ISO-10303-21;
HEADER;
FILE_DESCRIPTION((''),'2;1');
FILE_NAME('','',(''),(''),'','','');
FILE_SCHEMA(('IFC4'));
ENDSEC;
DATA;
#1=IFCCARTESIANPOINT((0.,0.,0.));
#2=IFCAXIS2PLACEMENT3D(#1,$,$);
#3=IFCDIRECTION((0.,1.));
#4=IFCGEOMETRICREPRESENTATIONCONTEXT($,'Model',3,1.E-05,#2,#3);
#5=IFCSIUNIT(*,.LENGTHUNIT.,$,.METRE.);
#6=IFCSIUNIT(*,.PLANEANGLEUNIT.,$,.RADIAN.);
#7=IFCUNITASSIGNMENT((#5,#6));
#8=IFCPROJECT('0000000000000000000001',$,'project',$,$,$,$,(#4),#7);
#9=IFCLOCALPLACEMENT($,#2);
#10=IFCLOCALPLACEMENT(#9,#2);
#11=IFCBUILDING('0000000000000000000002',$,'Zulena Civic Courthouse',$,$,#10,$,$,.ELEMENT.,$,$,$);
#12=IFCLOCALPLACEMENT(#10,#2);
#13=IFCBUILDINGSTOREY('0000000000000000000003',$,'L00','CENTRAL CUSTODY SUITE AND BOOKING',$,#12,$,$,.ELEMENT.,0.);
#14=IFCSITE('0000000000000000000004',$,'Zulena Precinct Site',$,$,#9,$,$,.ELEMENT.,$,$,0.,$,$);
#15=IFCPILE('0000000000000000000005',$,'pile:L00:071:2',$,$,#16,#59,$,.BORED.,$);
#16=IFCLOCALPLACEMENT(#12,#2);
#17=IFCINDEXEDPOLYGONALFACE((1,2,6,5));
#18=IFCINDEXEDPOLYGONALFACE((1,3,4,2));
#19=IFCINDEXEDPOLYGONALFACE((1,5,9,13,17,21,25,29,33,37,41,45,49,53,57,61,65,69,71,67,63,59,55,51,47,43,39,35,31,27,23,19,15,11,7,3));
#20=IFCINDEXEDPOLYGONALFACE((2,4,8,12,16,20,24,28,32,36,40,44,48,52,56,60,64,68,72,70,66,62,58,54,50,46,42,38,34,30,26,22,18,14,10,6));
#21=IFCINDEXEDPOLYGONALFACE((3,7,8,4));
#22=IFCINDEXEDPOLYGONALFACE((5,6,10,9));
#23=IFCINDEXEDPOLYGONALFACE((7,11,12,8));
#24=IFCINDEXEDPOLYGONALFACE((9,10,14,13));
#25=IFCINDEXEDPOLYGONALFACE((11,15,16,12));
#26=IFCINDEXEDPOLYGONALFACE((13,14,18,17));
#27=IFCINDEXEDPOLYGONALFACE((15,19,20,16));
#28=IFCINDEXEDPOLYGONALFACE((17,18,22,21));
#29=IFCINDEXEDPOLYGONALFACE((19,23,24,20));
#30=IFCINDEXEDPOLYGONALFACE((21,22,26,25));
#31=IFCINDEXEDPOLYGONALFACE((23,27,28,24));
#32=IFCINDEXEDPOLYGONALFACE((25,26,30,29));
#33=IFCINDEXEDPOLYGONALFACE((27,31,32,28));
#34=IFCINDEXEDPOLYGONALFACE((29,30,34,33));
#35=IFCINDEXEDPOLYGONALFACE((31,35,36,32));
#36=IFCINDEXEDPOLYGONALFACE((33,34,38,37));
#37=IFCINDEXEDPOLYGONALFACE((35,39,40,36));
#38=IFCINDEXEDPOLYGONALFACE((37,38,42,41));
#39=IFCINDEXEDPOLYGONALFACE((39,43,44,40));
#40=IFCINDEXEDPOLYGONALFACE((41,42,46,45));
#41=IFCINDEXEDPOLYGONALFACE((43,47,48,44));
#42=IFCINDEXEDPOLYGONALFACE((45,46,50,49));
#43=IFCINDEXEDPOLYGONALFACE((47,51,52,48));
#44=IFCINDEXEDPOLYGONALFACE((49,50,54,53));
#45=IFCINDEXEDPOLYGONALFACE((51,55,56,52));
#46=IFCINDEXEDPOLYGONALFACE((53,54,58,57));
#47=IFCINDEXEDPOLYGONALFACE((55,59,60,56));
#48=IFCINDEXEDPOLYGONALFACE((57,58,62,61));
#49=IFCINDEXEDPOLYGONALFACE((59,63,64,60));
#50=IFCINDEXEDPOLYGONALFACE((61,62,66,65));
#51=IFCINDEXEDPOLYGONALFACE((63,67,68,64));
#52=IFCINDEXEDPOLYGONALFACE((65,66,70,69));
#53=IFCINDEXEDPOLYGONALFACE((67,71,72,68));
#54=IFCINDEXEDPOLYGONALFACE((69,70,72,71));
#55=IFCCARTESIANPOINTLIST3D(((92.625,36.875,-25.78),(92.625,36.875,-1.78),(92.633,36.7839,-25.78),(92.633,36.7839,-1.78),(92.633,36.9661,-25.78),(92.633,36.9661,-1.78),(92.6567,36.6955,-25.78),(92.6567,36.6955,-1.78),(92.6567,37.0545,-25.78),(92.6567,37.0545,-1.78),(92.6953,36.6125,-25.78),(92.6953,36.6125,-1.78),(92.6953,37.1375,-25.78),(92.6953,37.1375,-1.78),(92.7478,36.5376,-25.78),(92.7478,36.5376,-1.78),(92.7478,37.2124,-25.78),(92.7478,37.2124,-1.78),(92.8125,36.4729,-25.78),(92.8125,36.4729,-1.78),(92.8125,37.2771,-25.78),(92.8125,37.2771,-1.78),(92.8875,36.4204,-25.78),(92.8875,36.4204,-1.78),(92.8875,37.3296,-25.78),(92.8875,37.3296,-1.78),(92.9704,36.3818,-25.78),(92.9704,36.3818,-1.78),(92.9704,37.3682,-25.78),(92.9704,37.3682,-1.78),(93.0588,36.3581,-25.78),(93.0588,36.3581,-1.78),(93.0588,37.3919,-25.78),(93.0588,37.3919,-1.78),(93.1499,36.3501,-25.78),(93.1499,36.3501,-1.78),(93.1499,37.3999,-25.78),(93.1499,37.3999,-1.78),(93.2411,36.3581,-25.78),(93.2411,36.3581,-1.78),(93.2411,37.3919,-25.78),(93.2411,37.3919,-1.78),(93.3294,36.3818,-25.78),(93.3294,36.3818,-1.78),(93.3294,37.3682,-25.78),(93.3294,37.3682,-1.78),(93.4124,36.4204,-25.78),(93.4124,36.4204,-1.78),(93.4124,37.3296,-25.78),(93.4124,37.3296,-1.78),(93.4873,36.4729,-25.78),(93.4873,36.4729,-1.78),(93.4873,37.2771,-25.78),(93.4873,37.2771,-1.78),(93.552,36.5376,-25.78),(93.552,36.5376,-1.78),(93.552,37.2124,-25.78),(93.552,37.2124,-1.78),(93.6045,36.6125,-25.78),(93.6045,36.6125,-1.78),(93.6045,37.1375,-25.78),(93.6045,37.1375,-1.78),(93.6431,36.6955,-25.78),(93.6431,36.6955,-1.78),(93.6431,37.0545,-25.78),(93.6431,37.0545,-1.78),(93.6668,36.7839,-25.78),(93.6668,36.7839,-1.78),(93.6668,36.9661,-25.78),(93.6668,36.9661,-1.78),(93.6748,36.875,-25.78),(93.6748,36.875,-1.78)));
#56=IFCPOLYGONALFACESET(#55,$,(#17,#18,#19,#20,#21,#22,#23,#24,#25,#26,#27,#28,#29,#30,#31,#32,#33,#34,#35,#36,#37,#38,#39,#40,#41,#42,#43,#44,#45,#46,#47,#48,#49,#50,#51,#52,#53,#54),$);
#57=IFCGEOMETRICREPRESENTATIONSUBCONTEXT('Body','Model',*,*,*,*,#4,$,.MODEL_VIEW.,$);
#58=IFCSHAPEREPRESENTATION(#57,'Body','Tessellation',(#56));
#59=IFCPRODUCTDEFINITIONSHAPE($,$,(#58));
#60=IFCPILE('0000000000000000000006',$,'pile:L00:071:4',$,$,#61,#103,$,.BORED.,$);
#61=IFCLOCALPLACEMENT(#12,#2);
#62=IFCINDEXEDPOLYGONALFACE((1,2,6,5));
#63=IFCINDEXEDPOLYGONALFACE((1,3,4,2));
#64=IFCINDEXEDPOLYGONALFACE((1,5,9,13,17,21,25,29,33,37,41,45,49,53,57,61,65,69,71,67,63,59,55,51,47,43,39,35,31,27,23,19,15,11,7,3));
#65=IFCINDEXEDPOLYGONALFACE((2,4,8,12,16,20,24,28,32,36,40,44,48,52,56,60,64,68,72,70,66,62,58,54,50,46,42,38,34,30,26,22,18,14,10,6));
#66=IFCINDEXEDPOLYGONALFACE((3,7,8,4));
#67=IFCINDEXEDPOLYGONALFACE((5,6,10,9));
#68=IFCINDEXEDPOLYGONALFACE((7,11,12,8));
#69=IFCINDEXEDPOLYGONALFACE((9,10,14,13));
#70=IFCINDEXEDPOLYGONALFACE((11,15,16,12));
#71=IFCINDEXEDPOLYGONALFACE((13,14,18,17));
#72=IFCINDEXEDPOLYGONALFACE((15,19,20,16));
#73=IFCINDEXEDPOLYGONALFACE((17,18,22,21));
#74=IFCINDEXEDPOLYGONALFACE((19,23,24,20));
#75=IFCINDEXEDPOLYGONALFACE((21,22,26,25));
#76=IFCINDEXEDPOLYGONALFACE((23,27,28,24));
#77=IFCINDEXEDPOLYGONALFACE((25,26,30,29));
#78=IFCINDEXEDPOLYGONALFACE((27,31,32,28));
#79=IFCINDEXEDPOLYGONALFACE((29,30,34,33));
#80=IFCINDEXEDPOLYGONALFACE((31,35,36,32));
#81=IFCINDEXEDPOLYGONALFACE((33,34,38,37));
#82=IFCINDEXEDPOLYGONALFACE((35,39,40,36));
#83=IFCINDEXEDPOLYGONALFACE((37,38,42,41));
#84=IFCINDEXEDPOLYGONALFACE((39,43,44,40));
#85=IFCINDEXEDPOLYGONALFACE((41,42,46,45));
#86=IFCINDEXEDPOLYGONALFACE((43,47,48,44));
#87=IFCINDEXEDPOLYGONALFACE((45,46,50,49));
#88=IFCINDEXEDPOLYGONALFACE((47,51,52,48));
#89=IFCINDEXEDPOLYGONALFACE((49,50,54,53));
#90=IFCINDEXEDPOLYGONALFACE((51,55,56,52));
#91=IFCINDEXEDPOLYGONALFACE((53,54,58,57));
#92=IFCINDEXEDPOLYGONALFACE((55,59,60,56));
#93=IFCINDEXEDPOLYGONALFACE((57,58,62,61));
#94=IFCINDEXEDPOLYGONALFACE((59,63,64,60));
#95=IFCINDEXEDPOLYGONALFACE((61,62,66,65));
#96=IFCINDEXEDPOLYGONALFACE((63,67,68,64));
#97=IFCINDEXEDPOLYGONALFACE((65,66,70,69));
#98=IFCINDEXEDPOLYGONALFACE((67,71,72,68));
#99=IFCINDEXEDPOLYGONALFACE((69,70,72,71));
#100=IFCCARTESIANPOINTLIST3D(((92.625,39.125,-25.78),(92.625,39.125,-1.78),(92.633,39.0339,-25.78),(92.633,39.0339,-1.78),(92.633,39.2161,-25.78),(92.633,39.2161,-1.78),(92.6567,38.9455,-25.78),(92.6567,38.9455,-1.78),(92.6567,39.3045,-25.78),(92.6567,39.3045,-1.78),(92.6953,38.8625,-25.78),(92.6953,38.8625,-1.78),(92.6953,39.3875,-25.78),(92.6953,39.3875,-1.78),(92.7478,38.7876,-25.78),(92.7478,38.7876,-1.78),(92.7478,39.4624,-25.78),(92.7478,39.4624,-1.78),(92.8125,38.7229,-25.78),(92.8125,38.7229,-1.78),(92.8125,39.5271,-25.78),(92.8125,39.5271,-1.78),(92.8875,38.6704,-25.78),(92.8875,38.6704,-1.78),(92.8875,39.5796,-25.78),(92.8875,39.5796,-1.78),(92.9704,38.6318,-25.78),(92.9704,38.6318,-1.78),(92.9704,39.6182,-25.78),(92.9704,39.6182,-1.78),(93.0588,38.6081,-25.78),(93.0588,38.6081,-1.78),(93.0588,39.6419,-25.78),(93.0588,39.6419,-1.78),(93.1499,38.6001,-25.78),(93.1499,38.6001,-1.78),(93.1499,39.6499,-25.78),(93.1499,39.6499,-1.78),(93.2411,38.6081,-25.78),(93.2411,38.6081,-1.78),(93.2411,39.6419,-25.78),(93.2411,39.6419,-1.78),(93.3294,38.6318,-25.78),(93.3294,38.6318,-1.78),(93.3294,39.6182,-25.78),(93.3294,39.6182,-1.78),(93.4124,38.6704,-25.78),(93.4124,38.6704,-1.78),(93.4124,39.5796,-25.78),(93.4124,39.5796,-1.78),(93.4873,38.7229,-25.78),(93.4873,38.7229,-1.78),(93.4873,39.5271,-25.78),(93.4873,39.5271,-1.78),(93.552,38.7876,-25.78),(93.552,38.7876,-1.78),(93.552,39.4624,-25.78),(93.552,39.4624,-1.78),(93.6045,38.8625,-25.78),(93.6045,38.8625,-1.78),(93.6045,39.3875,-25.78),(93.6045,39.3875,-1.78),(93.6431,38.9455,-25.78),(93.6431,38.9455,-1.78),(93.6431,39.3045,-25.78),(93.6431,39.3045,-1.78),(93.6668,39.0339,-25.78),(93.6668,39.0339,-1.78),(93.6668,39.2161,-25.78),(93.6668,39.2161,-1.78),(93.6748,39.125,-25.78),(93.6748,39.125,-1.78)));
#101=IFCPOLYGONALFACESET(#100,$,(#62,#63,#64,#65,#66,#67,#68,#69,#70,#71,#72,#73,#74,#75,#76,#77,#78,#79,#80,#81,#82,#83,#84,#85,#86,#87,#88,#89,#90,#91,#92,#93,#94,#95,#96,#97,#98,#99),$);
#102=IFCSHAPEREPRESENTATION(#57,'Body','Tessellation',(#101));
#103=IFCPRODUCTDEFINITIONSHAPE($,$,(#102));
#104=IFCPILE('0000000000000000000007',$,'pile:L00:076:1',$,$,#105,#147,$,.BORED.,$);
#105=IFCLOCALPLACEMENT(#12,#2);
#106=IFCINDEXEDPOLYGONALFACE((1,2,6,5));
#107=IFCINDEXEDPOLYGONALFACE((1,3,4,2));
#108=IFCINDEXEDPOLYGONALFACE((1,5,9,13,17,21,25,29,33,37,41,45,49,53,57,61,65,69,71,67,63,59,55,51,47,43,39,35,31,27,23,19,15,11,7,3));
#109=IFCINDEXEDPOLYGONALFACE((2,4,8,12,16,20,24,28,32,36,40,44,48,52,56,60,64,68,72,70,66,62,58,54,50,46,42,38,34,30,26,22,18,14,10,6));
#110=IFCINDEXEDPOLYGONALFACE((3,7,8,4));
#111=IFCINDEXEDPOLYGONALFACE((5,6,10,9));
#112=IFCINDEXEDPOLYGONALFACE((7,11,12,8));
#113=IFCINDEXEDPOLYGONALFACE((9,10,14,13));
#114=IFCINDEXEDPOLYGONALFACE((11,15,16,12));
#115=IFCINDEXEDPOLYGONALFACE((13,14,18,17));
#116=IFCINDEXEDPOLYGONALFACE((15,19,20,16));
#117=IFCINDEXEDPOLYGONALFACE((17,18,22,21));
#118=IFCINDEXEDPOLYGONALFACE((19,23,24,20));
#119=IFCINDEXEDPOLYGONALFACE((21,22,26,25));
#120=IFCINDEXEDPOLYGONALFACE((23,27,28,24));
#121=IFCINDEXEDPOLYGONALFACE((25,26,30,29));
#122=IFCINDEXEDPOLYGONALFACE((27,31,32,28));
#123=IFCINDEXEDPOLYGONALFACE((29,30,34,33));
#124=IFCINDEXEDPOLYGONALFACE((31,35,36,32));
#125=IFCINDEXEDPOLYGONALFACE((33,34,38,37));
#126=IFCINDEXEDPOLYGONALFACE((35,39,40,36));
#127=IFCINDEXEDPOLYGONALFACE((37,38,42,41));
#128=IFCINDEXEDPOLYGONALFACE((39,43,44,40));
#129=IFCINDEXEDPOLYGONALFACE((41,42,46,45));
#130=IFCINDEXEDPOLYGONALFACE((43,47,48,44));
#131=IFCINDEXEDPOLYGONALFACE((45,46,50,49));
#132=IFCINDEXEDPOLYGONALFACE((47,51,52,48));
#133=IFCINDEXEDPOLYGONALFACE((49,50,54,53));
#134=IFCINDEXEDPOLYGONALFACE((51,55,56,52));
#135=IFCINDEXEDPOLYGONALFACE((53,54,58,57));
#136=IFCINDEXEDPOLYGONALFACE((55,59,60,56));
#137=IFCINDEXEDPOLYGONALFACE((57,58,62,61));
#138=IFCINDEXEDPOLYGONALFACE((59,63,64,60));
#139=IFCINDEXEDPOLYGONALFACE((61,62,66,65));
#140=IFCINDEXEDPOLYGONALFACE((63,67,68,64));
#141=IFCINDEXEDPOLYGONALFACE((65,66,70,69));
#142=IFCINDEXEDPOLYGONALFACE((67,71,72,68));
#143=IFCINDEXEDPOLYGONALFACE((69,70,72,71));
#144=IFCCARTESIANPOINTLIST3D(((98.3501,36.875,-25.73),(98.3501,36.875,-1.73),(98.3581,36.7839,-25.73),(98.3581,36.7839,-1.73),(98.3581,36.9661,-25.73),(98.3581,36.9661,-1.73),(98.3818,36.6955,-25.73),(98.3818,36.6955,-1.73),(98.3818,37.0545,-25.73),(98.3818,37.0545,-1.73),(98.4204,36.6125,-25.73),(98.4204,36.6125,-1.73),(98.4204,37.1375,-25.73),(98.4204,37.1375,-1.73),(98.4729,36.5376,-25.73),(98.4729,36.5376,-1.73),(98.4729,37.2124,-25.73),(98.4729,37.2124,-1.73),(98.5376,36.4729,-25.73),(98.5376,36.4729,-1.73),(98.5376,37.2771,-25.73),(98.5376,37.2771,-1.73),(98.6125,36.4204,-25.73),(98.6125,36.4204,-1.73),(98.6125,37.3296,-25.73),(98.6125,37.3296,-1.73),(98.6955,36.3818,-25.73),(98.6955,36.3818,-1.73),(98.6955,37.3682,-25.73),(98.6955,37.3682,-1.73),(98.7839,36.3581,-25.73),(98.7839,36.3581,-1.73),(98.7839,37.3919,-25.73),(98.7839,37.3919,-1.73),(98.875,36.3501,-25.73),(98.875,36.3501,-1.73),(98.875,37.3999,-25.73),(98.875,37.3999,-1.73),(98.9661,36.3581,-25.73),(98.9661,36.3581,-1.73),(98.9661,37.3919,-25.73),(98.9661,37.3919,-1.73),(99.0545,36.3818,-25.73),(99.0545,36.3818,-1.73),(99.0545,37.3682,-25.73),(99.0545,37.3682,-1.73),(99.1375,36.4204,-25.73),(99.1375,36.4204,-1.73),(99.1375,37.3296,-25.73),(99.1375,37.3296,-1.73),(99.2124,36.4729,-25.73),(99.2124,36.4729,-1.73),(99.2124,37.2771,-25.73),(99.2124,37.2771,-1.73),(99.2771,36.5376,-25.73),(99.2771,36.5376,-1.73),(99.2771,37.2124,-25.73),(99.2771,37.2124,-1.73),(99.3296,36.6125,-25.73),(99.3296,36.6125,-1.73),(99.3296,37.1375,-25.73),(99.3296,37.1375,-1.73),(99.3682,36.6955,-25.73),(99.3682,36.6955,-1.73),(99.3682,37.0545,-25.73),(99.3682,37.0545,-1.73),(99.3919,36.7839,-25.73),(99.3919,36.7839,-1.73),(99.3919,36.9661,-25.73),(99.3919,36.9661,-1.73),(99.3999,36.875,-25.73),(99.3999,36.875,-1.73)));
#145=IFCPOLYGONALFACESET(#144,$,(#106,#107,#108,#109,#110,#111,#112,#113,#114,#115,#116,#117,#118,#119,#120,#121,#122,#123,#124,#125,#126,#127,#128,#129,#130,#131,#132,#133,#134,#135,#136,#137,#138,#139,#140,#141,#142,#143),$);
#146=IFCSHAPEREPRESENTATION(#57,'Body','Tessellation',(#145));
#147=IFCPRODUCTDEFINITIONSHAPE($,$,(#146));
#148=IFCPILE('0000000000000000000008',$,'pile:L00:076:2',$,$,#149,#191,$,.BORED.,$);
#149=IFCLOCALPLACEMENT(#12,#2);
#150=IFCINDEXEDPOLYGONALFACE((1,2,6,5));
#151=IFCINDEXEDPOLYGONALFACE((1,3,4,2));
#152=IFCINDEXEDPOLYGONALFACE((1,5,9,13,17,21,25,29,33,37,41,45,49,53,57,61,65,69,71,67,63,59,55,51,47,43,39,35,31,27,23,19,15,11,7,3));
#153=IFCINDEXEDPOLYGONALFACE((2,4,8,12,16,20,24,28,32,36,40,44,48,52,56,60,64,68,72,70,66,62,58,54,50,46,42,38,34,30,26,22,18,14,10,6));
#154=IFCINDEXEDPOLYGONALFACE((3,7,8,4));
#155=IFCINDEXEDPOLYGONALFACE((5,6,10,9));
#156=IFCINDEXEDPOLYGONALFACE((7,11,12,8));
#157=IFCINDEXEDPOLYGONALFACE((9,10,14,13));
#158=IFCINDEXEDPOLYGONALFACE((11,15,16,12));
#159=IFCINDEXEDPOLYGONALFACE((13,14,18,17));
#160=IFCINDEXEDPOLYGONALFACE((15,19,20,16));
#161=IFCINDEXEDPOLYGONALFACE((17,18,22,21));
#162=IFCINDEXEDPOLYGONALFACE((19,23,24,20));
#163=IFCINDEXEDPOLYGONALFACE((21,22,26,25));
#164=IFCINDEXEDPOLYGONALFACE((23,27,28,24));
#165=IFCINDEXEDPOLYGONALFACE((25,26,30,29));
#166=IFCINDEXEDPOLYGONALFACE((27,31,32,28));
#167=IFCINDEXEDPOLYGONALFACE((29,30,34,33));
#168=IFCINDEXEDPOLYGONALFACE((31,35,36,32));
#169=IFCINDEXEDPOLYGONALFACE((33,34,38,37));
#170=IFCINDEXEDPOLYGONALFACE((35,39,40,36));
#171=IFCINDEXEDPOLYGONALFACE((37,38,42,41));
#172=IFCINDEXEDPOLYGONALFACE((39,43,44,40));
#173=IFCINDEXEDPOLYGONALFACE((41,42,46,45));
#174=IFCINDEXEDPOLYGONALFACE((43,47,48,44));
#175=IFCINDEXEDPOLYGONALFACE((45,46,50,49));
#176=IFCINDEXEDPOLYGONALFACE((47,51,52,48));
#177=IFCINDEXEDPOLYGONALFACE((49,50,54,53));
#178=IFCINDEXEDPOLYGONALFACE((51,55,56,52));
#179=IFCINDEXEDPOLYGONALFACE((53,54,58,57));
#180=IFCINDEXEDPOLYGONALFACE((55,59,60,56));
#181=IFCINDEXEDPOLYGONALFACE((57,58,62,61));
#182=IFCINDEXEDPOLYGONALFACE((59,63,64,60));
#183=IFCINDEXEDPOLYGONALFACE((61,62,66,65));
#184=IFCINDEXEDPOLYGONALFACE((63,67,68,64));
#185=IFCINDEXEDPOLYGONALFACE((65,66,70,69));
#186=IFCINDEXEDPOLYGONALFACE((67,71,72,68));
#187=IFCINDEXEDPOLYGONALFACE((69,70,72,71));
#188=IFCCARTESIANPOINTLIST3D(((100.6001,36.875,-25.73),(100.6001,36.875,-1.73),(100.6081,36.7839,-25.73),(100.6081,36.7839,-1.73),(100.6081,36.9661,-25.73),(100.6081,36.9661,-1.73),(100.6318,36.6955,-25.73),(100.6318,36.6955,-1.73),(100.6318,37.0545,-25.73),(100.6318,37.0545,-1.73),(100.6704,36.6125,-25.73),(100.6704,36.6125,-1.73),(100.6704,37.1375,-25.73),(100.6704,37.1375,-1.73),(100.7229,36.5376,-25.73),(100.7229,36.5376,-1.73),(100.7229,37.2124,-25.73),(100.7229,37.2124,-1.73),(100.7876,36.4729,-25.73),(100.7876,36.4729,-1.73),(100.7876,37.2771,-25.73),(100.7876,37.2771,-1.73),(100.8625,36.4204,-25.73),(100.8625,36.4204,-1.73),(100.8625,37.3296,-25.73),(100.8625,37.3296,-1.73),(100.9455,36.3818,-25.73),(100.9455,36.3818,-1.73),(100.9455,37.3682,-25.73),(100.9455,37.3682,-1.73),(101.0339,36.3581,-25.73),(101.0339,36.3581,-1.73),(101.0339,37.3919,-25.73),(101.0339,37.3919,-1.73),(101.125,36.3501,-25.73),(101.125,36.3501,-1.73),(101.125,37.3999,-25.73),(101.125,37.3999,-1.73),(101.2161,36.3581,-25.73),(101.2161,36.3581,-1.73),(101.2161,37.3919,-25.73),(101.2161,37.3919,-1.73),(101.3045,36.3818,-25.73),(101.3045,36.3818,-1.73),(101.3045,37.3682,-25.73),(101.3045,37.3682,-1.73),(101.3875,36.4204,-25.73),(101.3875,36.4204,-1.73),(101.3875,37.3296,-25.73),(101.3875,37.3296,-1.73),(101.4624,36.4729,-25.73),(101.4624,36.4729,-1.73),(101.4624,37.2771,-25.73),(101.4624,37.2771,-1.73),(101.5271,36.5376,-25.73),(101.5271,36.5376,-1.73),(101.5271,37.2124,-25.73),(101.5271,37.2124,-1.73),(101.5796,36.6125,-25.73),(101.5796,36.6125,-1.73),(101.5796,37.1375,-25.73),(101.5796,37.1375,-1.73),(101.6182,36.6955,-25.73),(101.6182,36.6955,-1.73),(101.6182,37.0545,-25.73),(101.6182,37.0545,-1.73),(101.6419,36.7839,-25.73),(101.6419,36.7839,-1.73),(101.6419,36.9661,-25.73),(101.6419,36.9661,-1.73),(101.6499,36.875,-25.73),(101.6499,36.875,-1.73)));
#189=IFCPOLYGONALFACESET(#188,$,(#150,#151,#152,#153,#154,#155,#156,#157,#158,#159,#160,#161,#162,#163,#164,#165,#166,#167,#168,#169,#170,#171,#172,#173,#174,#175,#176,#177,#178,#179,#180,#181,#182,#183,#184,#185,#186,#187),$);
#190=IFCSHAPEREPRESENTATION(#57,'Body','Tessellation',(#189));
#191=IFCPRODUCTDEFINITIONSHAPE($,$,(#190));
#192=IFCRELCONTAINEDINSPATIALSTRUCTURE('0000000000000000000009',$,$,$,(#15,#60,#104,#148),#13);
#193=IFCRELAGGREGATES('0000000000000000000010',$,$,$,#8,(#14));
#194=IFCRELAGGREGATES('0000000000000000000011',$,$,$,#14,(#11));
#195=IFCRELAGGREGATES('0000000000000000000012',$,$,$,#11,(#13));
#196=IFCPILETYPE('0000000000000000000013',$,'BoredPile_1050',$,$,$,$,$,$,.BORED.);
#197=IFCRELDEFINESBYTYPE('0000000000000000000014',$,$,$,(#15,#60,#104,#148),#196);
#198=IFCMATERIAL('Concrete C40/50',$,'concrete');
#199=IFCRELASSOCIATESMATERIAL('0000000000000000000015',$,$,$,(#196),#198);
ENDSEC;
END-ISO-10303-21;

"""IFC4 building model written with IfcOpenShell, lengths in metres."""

from ifc_helpers import new_model, si_unit, direction, frame, origin, origin_2d, place, context, subcontext, project, spatial, circle, extrude, material, material_profile, profile_set, type_object, element, save


model = new_model("IFC4")

# Units and contexts
model_context = context("Model", 3, precision=1e-05, world=origin(), true_north=direction((0.0, 1.0)))
body_context = subcontext(model_context, "Body", "Model", "MODEL_VIEW")
ifc_project = project(units=[si_unit("LENGTHUNIT", "METRE"), si_unit("PLANEANGLEUNIT", "RADIAN")], contexts=[model_context])

# Site, building, storey
site_placement = place(None, origin())
site = spatial("IfcSite", under=ifc_project, at=site_placement, Name="Zulena Precinct Site", CompositionType="ELEMENT", RefElevation=0.0)
building_placement = place(site_placement, origin())
building = spatial("IfcBuilding", under=site, at=building_placement, Name="Zulena Civic Courthouse", CompositionType="ELEMENT")
storey_placement = place(building_placement, origin())
storey = spatial("IfcBuildingStorey", under=building, at=storey_placement, Name="L00", Description="CENTRAL CUSTODY SUITE AND BOOKING", CompositionType="ELEMENT", Elevation=0.0)

# Piles
ifc_material_1 = material(Name="Concrete C40/50", Category="concrete")
ifc_material_profile_1 = material_profile(ifc_material_1, circle(Radius=0.5249, at=origin_2d()), Name="PILE1050")
ifc_profile_set_1 = profile_set([ifc_material_profile_1], Name="Concrete C40/50")
pile_type_1 = type_object("IfcPileType", Name="BoredPile_1050", PredefinedType="BORED", material=ifc_profile_set_1)
for number, where, z_axis, x_axis, name in (
    (1, (93.1499, 36.875, -1.78), (0.0, 0.0, -1.0), (1.0, 0.0, 0.0), "pile:L00:071:2"),
    (2, (93.1499, 39.125, -1.78), (0.0, 0.0, -1.0), (1.0, 0.0, 0.0), "pile:L00:071:4"),
    (3, (98.875, 36.875, -1.73), (0.0, 0.0, -1.0), (1.0, 0.0, 0.0), "pile:L00:076:1"),
    (4, (101.125, 36.875, -1.73), (0.0, 0.0, -1.0), (1.0, 0.0, 0.0), "pile:L00:076:2"),
):
    element("IfcPile", number, at=place(storey_placement, frame(where, z_axis=z_axis, x_axis=x_axis)), inside=storey, type_object=pile_type_1, Name=name, PredefinedType="BORED", context=body_context, shape_type="SweptSolid", body=[
        extrude(circle(Radius=0.5249, at=origin_2d()), origin(), (0.0, 0.0, 1.0), 24.0),
    ])

save(model, "model.ifc")
